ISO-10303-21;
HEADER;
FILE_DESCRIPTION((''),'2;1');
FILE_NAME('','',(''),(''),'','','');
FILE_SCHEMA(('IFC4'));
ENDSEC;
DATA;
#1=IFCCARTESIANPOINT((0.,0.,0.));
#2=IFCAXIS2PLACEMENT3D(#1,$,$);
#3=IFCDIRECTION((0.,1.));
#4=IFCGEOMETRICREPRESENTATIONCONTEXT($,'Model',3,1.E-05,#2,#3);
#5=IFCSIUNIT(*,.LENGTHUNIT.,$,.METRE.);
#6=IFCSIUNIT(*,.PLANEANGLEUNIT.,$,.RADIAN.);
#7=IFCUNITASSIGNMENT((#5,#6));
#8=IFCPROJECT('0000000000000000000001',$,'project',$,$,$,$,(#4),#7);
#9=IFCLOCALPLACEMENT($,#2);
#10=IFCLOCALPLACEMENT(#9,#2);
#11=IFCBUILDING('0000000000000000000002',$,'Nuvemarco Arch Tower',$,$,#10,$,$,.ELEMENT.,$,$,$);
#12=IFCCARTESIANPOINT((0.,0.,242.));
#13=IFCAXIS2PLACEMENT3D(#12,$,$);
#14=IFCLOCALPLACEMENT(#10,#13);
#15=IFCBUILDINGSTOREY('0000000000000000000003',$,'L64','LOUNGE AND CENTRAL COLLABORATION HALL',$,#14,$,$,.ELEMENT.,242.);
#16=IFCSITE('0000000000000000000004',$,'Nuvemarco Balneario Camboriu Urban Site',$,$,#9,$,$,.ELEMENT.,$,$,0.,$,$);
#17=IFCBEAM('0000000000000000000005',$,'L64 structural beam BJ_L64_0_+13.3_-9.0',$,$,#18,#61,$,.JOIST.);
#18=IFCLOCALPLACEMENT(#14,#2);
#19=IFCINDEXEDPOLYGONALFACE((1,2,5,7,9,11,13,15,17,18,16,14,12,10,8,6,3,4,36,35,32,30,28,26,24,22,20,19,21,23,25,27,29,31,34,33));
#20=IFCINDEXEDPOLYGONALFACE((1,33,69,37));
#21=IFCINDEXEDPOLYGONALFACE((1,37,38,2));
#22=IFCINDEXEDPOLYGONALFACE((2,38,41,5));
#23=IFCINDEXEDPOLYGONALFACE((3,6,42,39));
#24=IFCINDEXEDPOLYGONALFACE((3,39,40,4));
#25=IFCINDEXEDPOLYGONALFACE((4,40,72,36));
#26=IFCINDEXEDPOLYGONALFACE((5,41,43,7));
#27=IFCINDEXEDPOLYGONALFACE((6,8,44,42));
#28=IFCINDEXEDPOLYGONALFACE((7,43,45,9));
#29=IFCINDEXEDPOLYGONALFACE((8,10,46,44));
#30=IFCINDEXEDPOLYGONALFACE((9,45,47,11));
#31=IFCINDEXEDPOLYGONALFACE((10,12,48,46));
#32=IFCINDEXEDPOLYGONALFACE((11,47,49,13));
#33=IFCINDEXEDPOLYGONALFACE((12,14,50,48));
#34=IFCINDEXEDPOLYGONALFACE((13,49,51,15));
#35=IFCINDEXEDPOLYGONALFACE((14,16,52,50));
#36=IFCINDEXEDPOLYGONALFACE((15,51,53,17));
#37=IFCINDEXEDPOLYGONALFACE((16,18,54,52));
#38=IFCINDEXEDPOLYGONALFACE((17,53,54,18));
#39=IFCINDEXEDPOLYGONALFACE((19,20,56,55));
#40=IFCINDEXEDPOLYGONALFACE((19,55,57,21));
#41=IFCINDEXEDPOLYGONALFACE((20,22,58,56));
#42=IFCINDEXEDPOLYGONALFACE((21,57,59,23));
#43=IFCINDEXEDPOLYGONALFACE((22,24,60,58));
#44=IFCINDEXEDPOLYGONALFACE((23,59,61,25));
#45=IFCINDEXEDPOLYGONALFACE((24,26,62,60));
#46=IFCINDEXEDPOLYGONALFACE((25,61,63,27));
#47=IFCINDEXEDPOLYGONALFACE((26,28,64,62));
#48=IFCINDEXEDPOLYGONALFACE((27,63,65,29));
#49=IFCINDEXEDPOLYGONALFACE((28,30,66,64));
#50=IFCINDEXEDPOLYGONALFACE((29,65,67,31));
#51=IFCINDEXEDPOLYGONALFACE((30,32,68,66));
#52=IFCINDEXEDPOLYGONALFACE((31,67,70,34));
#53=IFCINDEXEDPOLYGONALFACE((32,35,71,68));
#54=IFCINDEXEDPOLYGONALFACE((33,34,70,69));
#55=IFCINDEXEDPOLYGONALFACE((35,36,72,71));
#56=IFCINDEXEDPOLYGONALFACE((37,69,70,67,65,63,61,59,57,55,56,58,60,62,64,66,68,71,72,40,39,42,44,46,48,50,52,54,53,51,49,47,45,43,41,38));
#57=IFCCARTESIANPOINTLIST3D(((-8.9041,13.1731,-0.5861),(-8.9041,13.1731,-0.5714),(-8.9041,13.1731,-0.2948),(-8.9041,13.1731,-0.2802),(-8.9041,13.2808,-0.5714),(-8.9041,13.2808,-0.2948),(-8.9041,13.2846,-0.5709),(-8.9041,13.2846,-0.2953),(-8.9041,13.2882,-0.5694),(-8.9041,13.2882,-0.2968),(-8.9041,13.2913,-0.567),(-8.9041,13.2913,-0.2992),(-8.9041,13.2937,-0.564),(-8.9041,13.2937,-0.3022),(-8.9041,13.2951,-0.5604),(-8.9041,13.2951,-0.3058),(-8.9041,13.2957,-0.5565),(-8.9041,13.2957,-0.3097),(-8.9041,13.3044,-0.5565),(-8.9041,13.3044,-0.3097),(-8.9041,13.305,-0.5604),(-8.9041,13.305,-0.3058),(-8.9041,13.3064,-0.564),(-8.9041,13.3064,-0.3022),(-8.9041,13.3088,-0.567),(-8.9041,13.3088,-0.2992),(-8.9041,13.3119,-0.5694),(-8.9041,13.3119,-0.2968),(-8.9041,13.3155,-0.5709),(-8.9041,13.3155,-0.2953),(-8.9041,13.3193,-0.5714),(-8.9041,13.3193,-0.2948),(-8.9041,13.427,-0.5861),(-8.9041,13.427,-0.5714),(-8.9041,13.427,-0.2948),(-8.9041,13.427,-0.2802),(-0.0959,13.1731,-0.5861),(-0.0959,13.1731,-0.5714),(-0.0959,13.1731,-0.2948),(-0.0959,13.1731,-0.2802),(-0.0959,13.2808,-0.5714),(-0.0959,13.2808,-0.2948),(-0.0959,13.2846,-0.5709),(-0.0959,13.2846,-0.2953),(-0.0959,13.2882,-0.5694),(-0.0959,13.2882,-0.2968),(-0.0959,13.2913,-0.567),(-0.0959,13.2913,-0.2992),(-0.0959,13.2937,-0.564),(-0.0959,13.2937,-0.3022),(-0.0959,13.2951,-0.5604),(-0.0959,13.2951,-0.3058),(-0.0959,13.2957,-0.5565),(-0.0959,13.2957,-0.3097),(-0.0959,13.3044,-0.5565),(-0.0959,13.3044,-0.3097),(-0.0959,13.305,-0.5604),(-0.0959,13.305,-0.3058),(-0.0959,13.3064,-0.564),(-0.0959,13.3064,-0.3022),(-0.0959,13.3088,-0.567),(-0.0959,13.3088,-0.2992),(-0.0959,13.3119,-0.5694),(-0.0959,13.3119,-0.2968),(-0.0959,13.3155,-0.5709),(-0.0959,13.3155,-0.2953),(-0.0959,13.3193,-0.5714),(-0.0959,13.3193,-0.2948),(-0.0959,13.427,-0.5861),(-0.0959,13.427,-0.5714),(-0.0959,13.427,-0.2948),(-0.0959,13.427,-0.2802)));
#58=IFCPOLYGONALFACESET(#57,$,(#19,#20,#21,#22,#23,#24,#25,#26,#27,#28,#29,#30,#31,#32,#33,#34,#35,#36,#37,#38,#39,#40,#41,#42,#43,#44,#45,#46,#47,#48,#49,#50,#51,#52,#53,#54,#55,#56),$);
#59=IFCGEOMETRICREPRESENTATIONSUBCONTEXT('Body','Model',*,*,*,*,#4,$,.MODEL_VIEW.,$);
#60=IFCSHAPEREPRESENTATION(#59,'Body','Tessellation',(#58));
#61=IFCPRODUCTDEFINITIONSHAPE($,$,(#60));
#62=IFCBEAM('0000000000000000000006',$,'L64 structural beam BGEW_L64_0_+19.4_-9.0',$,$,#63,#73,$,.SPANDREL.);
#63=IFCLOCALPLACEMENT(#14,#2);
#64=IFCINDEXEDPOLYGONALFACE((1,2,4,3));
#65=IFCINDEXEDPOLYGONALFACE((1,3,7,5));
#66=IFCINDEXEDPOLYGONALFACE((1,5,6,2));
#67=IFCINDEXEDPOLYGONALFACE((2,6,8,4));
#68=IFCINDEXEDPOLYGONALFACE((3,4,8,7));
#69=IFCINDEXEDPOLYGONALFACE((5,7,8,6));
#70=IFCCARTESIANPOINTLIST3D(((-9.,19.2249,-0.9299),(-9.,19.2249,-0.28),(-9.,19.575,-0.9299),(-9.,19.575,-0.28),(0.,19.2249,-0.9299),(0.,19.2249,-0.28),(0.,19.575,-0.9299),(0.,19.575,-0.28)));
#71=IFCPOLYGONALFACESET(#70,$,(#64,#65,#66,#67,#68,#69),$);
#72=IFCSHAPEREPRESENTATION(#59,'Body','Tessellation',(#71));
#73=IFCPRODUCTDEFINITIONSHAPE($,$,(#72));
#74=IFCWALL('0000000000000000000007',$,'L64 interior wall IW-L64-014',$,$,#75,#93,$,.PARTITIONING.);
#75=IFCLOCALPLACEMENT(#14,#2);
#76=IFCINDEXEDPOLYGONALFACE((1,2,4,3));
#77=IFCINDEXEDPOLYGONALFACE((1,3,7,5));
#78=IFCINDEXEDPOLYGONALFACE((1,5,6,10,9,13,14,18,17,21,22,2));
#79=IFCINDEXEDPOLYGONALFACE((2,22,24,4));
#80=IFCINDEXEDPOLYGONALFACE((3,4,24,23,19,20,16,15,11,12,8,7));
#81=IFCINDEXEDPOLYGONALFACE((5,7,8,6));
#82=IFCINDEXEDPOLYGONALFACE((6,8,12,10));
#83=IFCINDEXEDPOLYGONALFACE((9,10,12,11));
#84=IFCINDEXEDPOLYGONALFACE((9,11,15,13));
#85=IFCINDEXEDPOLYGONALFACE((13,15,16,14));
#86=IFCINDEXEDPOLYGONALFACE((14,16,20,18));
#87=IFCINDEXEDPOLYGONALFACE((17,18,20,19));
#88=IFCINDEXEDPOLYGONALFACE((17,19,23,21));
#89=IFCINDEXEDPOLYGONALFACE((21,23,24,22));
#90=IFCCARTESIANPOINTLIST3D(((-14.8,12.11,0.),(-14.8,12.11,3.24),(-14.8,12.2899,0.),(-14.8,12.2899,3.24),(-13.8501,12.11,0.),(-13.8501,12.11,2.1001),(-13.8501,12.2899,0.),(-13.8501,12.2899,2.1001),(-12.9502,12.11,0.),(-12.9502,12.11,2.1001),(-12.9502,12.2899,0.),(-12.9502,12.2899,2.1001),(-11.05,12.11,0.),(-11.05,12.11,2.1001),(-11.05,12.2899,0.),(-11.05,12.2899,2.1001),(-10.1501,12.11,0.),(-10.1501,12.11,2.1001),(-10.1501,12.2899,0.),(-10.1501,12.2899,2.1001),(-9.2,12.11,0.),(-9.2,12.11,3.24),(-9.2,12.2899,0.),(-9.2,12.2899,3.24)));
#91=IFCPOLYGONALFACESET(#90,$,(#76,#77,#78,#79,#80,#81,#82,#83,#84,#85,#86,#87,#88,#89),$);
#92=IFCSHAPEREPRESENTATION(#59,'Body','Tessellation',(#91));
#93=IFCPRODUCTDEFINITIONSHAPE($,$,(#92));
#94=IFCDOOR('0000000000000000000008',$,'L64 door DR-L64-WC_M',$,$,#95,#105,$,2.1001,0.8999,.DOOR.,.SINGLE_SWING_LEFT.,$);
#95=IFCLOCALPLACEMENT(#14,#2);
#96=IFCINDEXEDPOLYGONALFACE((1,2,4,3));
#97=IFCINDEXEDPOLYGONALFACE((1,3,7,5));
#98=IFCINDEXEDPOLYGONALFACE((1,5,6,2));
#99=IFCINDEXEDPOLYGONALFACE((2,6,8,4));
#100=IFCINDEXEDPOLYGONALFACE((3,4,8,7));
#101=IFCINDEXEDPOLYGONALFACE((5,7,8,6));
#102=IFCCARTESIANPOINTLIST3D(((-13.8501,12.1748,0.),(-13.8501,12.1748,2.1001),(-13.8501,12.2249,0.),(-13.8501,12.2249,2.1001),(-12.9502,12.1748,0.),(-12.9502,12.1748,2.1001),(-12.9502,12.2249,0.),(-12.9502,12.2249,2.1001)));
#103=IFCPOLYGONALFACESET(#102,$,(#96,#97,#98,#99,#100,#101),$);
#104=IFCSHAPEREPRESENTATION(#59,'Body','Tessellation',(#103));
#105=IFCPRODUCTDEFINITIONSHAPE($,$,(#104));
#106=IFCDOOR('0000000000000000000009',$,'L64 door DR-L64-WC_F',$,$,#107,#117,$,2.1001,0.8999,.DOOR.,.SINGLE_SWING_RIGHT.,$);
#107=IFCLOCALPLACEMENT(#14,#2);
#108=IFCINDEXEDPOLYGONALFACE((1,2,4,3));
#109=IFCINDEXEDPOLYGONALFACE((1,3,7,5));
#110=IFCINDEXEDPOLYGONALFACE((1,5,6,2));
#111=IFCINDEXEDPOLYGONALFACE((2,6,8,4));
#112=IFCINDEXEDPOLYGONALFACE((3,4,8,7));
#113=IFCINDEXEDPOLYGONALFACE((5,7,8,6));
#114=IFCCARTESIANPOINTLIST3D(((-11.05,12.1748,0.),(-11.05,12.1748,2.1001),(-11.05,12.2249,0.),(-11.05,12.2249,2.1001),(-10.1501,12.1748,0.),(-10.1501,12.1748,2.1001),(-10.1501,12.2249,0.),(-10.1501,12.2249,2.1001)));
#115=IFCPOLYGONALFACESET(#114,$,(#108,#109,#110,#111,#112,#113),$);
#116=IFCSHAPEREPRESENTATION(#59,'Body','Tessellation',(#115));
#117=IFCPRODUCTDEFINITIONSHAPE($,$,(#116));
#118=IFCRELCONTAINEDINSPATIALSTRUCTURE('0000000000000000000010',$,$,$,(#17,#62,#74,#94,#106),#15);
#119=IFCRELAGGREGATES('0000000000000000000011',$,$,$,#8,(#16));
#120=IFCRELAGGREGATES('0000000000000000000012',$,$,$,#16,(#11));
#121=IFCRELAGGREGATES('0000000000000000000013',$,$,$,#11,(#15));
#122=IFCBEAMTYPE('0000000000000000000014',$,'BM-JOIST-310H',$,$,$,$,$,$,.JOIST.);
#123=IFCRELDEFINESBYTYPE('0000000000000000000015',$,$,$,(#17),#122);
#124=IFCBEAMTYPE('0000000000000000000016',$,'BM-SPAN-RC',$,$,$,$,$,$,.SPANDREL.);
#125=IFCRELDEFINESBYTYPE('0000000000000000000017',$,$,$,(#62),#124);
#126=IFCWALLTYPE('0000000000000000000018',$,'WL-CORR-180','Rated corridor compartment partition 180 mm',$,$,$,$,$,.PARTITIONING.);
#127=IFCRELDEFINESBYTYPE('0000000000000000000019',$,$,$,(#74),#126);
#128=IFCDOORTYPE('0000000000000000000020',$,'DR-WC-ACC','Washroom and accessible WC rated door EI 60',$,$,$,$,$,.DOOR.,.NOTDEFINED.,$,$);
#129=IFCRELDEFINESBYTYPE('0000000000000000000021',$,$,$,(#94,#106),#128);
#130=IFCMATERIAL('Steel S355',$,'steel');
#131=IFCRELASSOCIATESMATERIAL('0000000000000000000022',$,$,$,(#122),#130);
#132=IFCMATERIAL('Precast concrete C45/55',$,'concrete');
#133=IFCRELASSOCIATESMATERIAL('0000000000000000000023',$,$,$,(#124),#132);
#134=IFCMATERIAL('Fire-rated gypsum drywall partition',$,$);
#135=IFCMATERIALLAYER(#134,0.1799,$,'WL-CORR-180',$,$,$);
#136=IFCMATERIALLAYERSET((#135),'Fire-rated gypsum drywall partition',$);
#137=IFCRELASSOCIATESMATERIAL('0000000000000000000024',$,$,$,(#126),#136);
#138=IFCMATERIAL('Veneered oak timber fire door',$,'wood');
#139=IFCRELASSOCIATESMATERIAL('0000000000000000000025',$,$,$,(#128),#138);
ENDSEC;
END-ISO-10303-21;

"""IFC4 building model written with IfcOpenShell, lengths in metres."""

from ifc_helpers import new_model, si_unit, direction, frame, frame_2d, origin, origin_2d, place, context, subcontext, project, spatial, rectangle, i_section, extrude, source, transform, mapped, material, layer, layer_set, material_profile, profile_set, type_object, type_shapes, element, fill, save


model = new_model("IFC4")

# Units and contexts
model_context = context("Model", 3, precision=1e-05, world=origin(), true_north=direction((0.0, 1.0)))
body_context = subcontext(model_context, "Body", "Model", "MODEL_VIEW")
ifc_project = project(units=[si_unit("LENGTHUNIT", "METRE"), si_unit("PLANEANGLEUNIT", "RADIAN")], contexts=[model_context])

# Site, building, storey
site_placement = place(None, origin())
site = spatial("IfcSite", under=ifc_project, at=site_placement, Name="Nuvemarco Balneario Camboriu Urban Site", CompositionType="ELEMENT", RefElevation=0.0)
building_placement = place(site_placement, origin())
building = spatial("IfcBuilding", under=site, at=building_placement, Name="Nuvemarco Arch Tower", CompositionType="ELEMENT")
storey_placement = place(building_placement, frame((0.0, 0.0, 242.0)))
storey = spatial("IfcBuildingStorey", under=building, at=storey_placement, Name="L64", Description="LOUNGE AND CENTRAL COLLABORATION HALL", CompositionType="ELEMENT", Elevation=242.0)

# Shared definitions
ifc_material_1 = material(Name="Steel S355", Category="steel")

# Beams
ifc_material_profile_1 = material_profile(ifc_material_1, i_section(OverallWidth=0.2539, OverallDepth=0.3059, WebThickness=0.0088, FlangeThickness=0.0146, FilletRadius=0.0149, at=origin_2d()), Name="W310x79")
ifc_profile_set_1 = profile_set([ifc_material_profile_1], Name="Steel S355")
beam_type_1 = type_object("IfcBeamType", Name="BM-JOIST-310H", PredefinedType="JOIST", material=ifc_profile_set_1)
beam_1_placement = place(storey_placement, frame((-8.9041, 13.3, -0.4331), z_axis=(1.0, 0.0, 0.0), x_axis=(0.0, 1.0, 0.0)))
element("IfcBeam", 1, at=beam_1_placement, inside=storey, type_object=beam_type_1, Name="L64 structural beam BJ_L64_0_+13.3_-9.0", PredefinedType="JOIST", context=body_context, shape_type="SweptSolid", body=[
    extrude(i_section(OverallWidth=0.2539, OverallDepth=0.3059, WebThickness=0.0088, FlangeThickness=0.0146, FilletRadius=0.0149, at=origin_2d()), origin(), (0.0, 0.0, 1.0), 8.8081),
])
ifc_material_2 = material(Name="Precast concrete C45/55", Category="concrete")
ifc_material_profile_2 = material_profile(ifc_material_2, rectangle(XDim=0.3501, YDim=0.6499, at=origin_2d()), Name="PC-SP-350x650")
ifc_profile_set_2 = profile_set([ifc_material_profile_2], Name="Precast concrete C45/55")
beam_type_2 = type_object("IfcBeamType", Name="BM-SPAN-RC", PredefinedType="SPANDREL", material=ifc_profile_set_2)
beam_2_placement = place(storey_placement, frame((-9.0, 19.3999, -0.605), z_axis=(1.0, 0.0, 0.0), x_axis=(0.0, 1.0, 0.0)))
element("IfcBeam", 2, at=beam_2_placement, inside=storey, type_object=beam_type_2, Name="L64 structural beam BGEW_L64_0_+19.4_-9.0", PredefinedType="SPANDREL", context=body_context, shape_type="SweptSolid", body=[
    extrude(rectangle(XDim=0.3501, YDim=0.6499, at=origin_2d()), origin(), (0.0, 0.0, 1.0), 9.0),
])

# Wall, openings, doors
ifc_material_3 = material(Name="Fire-rated gypsum drywall partition")
ifc_layer_1 = layer(ifc_material_3, 0.1799, Name="WL-CORR-180")
ifc_layer_set_1 = layer_set([ifc_layer_1], Name="Fire-rated gypsum drywall partition")
wall_type_1 = type_object("IfcWallType", Name="WL-CORR-180", Description="Rated corridor compartment partition 180 mm", PredefinedType="PARTITIONING", material=ifc_layer_set_1)
wall_1_placement = place(storey_placement, frame((-14.8, 12.2, 0.0), z_axis=(0.0, 0.0, 1.0), x_axis=(1.0, 0.0, 0.0)))
wall_1 = element("IfcWall", 3, at=wall_1_placement, inside=storey, type_object=wall_type_1, Name="L64 interior wall IW-L64-014", PredefinedType="PARTITIONING", context=body_context, shape_type="SweptSolid", body=[
    extrude(rectangle(XDim=5.6001, YDim=0.1799, at=frame_2d((2.8, 0.0))), origin(), (0.0, 0.0, 1.0), 3.24),
])
opening_1_placement = place(wall_1_placement, frame((0.95, 0.0, 0.0)))
opening_1 = element("IfcOpeningElement", 4, at=opening_1_placement, cuts=wall_1, PredefinedType="OPENING", context=body_context, shape_type="SweptSolid", body=[
    extrude(rectangle(XDim=0.8999, YDim=2.1001, at=frame_2d((0.45, 1.05))), frame((0.0, 0.0999, 0.0), z_axis=(0.0, -1.0, 0.0), x_axis=(1.0, 0.0, 0.0)), (0.0, 0.0, 1.0), 0.2),
])
opening_2_placement = place(wall_1_placement, frame((3.75, 0.0, 0.0)))
opening_2 = element("IfcOpeningElement", 5, at=opening_2_placement, cuts=wall_1, PredefinedType="OPENING", context=body_context, shape_type="SweptSolid", body=[
    extrude(rectangle(XDim=0.8999, YDim=2.1001, at=frame_2d((0.45, 1.05))), frame((0.0, 0.0999, 0.0), z_axis=(0.0, -1.0, 0.0), x_axis=(1.0, 0.0, 0.0)), (0.0, 0.0, 1.0), 0.2),
])
ifc_material_4 = material(Name="Veneered oak timber fire door", Category="wood")
door_type_1 = type_object("IfcDoorType", Name="DR-WC-ACC", Description="Washroom and accessible WC rated door EI 60", OperationType="NOTDEFINED", PredefinedType="DOOR", material=ifc_material_4)
shared_shape_1 = source(origin(), body_context, "Body", "SweptSolid", [
    extrude(rectangle(XDim=0.8999, YDim=2.1001, at=frame_2d((0.45, 1.05))), frame((0.0, 0.0249, 0.0), z_axis=(0.0, -1.0, 0.0), x_axis=(1.0, 0.0, 0.0)), (0.0, 0.0, 1.0), 0.05),
])
type_shapes(door_type_1, [shared_shape_1])
door_1_placement = place(opening_1_placement, origin())
door_1 = element("IfcDoor", 6, at=door_1_placement, inside=storey, type_object=door_type_1, Name="L64 door DR-L64-WC_M", OperationType="SINGLE_SWING_LEFT", OverallHeight=2.1001, OverallWidth=0.8999, PredefinedType="DOOR", context=body_context, shape_type="MappedRepresentation", body=[
    mapped(shared_shape_1, transform((0.0, 0.0, 0.0), scale=1.0)),
])
fill(opening_1, door_1)
door_2_placement = place(opening_2_placement, origin())
door_2 = element("IfcDoor", 7, at=door_2_placement, inside=storey, type_object=door_type_1, Name="L64 door DR-L64-WC_F", OperationType="SINGLE_SWING_RIGHT", OverallHeight=2.1001, OverallWidth=0.8999, PredefinedType="DOOR", context=body_context, shape_type="MappedRepresentation", body=[
    mapped(shared_shape_1, transform((0.0, 0.0, 0.0), scale=1.0)),
])
fill(opening_2, door_2)

save(model, "model.ifc")
